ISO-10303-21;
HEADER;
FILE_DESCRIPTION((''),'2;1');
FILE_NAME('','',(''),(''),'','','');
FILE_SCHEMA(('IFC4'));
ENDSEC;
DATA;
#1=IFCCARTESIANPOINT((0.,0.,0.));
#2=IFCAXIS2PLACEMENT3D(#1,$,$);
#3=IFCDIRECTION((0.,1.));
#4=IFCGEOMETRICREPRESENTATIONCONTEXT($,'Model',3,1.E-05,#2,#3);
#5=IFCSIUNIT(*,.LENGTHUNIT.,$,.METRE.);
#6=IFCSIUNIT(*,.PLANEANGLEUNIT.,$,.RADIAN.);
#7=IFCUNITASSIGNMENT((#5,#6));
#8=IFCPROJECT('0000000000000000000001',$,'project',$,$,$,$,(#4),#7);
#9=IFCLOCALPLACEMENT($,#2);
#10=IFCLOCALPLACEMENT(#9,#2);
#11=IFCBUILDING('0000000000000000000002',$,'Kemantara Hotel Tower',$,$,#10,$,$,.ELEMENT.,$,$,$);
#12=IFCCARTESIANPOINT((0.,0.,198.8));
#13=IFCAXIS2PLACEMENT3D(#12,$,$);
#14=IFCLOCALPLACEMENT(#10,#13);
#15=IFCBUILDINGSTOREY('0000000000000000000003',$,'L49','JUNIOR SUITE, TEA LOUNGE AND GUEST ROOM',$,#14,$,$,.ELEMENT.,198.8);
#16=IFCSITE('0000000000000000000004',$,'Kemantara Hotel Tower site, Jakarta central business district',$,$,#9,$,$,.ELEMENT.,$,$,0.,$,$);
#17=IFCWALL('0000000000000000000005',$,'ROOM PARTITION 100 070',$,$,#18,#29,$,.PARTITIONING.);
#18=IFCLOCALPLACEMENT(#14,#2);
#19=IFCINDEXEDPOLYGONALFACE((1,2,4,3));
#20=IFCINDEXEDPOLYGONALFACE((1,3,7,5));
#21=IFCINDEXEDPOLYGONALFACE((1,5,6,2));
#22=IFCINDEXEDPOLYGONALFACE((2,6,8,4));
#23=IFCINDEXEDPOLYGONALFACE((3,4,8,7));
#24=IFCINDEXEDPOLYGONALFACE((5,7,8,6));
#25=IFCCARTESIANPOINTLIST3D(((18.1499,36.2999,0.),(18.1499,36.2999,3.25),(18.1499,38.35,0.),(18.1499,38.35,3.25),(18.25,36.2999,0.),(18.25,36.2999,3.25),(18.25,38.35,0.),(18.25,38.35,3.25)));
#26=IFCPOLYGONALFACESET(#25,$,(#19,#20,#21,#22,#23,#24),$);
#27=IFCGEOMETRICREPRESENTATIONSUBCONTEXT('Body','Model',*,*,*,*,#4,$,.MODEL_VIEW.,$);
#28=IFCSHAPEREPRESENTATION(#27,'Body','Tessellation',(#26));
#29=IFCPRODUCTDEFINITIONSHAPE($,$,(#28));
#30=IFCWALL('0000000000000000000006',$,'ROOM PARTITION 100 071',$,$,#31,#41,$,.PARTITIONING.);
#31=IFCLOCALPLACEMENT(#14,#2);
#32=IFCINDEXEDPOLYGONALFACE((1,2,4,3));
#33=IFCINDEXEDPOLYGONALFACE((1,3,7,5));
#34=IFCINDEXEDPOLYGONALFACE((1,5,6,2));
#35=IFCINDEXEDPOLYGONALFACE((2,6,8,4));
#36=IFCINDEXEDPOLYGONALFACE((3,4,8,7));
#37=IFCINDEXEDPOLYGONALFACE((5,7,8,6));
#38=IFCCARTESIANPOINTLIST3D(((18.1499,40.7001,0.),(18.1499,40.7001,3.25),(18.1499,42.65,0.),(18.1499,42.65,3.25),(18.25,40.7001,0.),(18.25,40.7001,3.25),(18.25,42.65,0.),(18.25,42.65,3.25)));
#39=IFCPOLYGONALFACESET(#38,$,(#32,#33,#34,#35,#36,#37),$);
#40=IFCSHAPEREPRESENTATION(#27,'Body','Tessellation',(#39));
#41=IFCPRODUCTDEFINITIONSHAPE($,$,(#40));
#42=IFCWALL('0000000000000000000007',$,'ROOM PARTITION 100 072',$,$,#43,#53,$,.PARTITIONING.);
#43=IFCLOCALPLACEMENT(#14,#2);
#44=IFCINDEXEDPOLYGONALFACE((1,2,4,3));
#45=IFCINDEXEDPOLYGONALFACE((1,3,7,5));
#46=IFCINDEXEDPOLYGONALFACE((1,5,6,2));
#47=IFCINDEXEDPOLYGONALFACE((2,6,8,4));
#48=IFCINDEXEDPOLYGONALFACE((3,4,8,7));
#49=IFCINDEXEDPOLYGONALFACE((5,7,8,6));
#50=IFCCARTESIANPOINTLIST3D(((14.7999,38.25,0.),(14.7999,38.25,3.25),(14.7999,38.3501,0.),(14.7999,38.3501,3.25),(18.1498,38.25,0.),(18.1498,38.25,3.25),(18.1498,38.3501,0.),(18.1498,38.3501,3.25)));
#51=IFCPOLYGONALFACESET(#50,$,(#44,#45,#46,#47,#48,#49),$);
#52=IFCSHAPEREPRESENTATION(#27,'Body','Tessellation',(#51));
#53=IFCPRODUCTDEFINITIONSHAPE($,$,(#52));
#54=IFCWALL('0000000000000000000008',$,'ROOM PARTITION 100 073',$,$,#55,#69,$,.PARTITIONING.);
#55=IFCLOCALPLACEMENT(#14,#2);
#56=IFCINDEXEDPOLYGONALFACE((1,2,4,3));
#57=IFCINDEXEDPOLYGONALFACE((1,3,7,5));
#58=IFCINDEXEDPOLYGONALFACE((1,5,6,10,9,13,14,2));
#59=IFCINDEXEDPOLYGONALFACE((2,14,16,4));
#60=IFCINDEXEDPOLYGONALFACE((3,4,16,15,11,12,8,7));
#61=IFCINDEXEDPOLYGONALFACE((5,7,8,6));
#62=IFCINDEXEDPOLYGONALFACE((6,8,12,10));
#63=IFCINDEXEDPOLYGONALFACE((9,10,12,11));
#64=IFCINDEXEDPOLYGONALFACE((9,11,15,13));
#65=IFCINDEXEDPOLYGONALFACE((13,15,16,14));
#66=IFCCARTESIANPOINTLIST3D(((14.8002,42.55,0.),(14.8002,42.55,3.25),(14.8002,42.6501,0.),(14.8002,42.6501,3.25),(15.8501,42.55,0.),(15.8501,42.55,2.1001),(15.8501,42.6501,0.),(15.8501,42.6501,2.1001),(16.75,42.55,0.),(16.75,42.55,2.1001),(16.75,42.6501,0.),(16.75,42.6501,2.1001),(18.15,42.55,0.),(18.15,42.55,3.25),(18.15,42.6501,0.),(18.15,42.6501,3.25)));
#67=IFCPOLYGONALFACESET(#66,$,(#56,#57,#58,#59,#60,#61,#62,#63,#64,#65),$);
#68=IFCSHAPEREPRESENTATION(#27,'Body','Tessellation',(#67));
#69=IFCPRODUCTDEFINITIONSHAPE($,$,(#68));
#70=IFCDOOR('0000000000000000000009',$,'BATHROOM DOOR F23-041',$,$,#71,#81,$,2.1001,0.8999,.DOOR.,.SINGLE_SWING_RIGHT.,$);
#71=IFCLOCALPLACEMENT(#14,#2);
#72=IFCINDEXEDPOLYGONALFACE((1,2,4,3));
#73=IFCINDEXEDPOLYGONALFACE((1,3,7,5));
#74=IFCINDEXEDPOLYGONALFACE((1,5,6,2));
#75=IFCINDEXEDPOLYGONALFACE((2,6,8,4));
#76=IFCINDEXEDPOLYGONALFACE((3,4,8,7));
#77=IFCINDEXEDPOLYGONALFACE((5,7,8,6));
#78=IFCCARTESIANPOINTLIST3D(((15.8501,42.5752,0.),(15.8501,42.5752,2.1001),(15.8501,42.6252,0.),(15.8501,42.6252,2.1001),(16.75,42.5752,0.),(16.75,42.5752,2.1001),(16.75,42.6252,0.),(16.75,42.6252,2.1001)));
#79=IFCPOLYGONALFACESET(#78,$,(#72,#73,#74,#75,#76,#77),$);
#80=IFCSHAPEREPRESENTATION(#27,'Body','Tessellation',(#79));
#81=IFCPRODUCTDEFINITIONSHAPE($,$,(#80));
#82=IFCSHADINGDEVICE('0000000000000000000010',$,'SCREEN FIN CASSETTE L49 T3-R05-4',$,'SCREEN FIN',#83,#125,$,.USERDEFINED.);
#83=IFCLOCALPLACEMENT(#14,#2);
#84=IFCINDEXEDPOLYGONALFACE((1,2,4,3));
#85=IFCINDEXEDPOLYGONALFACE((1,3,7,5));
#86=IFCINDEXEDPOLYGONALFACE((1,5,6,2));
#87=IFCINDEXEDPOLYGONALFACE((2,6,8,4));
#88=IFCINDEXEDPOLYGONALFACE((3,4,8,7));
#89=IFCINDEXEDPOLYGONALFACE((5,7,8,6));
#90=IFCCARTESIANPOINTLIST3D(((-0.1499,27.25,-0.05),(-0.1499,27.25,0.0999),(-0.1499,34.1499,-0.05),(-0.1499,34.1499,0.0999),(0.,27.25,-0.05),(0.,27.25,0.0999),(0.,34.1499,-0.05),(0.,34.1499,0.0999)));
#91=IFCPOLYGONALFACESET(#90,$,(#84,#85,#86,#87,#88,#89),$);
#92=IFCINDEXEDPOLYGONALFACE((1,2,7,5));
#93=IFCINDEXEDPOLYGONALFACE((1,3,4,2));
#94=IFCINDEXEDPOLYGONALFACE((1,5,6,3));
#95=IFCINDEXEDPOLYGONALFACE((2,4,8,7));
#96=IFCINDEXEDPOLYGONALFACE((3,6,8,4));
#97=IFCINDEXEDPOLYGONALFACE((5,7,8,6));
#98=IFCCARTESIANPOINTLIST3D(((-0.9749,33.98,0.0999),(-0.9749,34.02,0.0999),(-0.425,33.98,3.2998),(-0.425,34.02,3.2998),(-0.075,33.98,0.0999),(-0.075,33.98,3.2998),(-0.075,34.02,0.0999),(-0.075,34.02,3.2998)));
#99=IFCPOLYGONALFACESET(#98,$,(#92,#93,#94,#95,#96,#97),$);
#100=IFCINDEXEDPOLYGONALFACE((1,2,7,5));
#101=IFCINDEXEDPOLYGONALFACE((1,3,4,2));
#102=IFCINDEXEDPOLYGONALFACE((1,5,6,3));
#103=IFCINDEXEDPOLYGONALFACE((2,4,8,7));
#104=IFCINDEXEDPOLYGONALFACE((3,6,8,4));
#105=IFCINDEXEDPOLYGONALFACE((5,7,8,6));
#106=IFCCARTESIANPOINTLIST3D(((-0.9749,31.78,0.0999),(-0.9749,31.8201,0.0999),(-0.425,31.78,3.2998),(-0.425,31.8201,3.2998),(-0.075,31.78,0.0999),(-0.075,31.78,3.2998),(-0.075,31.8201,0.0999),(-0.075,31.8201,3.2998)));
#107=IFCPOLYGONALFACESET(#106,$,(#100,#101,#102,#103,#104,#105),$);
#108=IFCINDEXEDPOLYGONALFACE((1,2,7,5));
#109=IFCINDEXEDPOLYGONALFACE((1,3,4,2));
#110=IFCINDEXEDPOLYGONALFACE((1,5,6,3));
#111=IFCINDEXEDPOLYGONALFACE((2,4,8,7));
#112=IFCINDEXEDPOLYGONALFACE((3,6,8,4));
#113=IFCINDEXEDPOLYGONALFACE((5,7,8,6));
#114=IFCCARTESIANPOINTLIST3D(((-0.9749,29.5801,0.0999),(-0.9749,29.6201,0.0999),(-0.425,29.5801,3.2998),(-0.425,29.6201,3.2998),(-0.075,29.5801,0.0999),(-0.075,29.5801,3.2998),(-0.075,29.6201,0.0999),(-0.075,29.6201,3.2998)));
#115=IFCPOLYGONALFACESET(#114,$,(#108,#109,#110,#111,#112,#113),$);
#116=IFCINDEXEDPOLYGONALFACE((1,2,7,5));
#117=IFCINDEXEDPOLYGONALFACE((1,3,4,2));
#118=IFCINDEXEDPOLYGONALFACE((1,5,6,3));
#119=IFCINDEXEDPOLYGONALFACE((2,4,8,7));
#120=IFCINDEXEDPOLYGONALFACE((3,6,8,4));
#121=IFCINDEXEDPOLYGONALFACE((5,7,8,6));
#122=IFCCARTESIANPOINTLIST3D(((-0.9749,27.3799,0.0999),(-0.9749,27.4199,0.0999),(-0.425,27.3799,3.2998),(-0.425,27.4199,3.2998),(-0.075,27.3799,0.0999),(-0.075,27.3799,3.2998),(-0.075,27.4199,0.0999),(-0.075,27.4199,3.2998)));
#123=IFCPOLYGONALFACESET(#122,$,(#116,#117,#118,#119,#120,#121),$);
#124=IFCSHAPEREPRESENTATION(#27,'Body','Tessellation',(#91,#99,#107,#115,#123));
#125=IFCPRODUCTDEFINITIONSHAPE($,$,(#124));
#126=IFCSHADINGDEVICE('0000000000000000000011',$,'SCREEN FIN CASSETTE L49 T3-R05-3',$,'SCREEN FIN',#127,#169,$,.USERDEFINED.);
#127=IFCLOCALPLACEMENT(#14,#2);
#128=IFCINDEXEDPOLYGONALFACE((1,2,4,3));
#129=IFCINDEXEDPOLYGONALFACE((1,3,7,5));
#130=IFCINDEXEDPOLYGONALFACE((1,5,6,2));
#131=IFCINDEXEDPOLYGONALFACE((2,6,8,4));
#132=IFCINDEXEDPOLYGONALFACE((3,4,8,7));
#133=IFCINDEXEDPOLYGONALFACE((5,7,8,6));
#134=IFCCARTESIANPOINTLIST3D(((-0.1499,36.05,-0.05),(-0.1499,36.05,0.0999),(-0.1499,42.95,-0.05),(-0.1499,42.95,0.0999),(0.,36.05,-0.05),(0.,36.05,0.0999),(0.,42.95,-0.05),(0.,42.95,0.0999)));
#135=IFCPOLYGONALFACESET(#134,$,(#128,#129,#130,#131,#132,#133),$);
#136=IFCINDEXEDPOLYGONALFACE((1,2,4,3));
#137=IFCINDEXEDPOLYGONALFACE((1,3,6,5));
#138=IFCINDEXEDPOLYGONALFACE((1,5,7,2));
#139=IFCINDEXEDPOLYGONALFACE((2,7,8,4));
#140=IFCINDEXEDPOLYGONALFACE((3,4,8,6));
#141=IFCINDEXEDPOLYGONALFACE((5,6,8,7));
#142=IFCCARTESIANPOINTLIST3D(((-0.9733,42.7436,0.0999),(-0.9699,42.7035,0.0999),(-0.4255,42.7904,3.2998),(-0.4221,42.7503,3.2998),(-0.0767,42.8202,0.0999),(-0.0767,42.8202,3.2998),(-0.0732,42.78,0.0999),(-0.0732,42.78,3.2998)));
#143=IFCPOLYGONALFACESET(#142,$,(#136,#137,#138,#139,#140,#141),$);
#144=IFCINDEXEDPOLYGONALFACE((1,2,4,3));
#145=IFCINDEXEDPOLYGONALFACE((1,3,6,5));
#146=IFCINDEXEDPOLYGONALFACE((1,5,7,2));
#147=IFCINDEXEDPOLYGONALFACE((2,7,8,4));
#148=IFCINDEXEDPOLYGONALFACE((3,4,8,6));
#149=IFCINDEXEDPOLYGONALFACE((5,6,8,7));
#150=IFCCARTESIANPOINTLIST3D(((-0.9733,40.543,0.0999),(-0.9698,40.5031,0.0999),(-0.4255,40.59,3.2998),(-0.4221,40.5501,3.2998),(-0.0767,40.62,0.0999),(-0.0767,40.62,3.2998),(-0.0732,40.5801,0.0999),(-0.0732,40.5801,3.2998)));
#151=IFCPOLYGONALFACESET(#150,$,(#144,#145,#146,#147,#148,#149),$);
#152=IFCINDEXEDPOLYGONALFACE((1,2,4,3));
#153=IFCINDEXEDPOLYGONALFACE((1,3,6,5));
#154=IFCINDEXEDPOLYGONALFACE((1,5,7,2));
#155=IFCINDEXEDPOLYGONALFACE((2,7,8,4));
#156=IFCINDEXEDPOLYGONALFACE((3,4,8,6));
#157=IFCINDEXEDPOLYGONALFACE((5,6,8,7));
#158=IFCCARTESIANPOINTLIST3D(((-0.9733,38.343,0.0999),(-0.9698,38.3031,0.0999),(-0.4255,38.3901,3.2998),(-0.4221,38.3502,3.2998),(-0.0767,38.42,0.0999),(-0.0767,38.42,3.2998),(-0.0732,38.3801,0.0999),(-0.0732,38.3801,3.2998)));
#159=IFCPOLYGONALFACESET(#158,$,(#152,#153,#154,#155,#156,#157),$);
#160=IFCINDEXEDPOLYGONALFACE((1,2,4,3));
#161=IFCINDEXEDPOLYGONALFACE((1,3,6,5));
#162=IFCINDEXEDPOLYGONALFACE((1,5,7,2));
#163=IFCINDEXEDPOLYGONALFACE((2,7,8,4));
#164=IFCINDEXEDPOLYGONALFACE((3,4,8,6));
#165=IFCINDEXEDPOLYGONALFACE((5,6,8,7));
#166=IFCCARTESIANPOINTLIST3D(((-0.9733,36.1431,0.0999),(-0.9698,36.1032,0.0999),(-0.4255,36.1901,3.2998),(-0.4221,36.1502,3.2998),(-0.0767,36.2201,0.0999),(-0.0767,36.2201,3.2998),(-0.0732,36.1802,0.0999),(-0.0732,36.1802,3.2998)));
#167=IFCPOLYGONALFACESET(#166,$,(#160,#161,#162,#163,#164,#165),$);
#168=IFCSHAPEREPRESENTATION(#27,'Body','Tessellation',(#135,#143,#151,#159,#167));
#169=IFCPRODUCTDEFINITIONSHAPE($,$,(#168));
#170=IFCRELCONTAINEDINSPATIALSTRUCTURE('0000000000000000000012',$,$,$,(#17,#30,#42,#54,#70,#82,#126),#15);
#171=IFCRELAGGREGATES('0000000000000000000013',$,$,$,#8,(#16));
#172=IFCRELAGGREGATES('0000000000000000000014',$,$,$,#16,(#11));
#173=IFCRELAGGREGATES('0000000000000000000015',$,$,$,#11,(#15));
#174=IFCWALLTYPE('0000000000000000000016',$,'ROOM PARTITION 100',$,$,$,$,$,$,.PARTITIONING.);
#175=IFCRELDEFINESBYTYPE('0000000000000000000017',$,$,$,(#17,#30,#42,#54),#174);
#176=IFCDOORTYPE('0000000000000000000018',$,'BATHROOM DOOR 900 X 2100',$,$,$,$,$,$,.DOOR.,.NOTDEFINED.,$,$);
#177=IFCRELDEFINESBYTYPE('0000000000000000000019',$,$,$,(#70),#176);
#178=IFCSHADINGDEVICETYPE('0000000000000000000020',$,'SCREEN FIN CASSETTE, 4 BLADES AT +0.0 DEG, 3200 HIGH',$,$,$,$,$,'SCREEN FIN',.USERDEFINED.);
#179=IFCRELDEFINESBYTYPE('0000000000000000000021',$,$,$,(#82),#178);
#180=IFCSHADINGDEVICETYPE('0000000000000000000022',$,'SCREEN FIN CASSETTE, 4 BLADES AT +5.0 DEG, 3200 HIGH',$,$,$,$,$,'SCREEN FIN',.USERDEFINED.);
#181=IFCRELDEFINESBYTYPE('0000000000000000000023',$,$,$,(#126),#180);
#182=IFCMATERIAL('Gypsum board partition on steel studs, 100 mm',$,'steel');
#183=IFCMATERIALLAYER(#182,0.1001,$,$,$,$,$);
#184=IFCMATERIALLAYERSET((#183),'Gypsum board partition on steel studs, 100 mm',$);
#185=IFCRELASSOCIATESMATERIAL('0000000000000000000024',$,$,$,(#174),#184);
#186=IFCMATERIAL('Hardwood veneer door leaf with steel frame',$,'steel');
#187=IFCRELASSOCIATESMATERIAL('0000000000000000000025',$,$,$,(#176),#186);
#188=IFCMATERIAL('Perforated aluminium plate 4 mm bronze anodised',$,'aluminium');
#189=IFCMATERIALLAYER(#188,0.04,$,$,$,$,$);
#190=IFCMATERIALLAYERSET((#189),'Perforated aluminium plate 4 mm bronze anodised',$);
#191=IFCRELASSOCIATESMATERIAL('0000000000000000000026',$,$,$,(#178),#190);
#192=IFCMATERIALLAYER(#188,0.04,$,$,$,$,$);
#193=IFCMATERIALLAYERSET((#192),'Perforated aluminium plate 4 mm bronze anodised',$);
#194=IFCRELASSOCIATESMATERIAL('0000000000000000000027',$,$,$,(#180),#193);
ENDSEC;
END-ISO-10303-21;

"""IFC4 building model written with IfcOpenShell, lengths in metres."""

from ifc_helpers import new_model, si_unit, direction, frame, frame_2d, origin, origin_2d, place, context, subcontext, project, spatial, polyline, rectangle, outline, extrude, source, transform, mapped, material, layer, layer_set, type_object, element, fill, save


model = new_model("IFC4")

# Units and contexts
model_context = context("Model", 3, precision=1e-05, world=origin(), true_north=direction((0.0, 1.0)))
body_context = subcontext(model_context, "Body", "Model", "MODEL_VIEW")
ifc_project = project(units=[si_unit("LENGTHUNIT", "METRE"), si_unit("PLANEANGLEUNIT", "RADIAN")], contexts=[model_context])

# Site, building, storey
site_placement = place(None, origin())
site = spatial("IfcSite", under=ifc_project, at=site_placement, Name="Kemantara Hotel Tower site, Jakarta central business district", CompositionType="ELEMENT", RefElevation=0.0)
building_placement = place(site_placement, origin())
building = spatial("IfcBuilding", under=site, at=building_placement, Name="Kemantara Hotel Tower", CompositionType="ELEMENT")
storey_placement = place(building_placement, frame((0.0, 0.0, 198.8)))
storey = spatial("IfcBuildingStorey", under=building, at=storey_placement, Name="L49", Description="JUNIOR SUITE, TEA LOUNGE AND GUEST ROOM", CompositionType="ELEMENT", Elevation=198.8)

# Shared definitions
ifc_material_1 = material(Name="Gypsum board partition on steel studs, 100 mm", Category="steel")
ifc_layer_1 = layer(ifc_material_1, 0.1001)
ifc_layer_set_1 = layer_set([ifc_layer_1], Name="Gypsum board partition on steel studs, 100 mm")
wall_type_1 = type_object("IfcWallType", Name="ROOM PARTITION 100", PredefinedType="PARTITIONING", material=ifc_layer_set_1)

# Shared definitions
ifc_material_2 = material(Name="Hardwood veneer door leaf with steel frame", Category="steel")

# Walls
wall_1_placement = place(storey_placement, frame((18.2, 36.3, 0.0), z_axis=(0.0, 0.0, 1.0), x_axis=(0.0, 1.0, 0.0)))
element("IfcWall", 1, at=wall_1_placement, inside=storey, type_object=wall_type_1, Name="ROOM PARTITION 100 070", PredefinedType="PARTITIONING", context=body_context, shape_type="SweptSolid", body=[
    extrude(rectangle(XDim=2.05, YDim=0.1001, at=frame_2d((1.0249, 0.0))), origin(), (0.0, 0.0, 1.0), 3.25),
])
wall_2_placement = place(storey_placement, frame((18.2, 40.7, 0.0), z_axis=(0.0, 0.0, 1.0), x_axis=(0.0, 1.0, 0.0)))
element("IfcWall", 2, at=wall_2_placement, inside=storey, type_object=wall_type_1, Name="ROOM PARTITION 100 071", PredefinedType="PARTITIONING", context=body_context, shape_type="SweptSolid", body=[
    extrude(rectangle(XDim=1.95, YDim=0.1001, at=frame_2d((0.9751, 0.0))), origin(), (0.0, 0.0, 1.0), 3.25),
])
wall_3_placement = place(storey_placement, frame((14.8, 38.3, 0.0), z_axis=(0.0, 0.0, 1.0), x_axis=(1.0, 0.0, 0.0)))
element("IfcWall", 3, at=wall_3_placement, inside=storey, type_object=wall_type_1, Name="ROOM PARTITION 100 072", PredefinedType="PARTITIONING", context=body_context, shape_type="SweptSolid", body=[
    extrude(rectangle(XDim=3.3499, YDim=0.1001, at=frame_2d((1.6748, 0.0))), origin(), (0.0, 0.0, 1.0), 3.25),
])

# Wall, opening, door
wall_4_placement = place(storey_placement, frame((18.1499, 42.6001, 0.0), z_axis=(0.0, 0.0, 1.0), x_axis=(-1.0, 0.0, 0.0)))
wall_4 = element("IfcWall", 4, at=wall_4_placement, inside=storey, type_object=wall_type_1, Name="ROOM PARTITION 100 073", PredefinedType="PARTITIONING", context=body_context, shape_type="SweptSolid", body=[
    extrude(rectangle(XDim=3.3499, YDim=0.1001, at=frame_2d((1.6748, 0.0))), origin(), (0.0, 0.0, 1.0), 3.25),
])
opening_1_placement = place(wall_4_placement, frame((1.3999, 0.0, 0.0)))
opening_1 = element("IfcOpeningElement", 5, at=opening_1_placement, cuts=wall_4, PredefinedType="OPENING", context=body_context, shape_type="SweptSolid", body=[
    extrude(rectangle(XDim=0.8999, YDim=2.1001, at=frame_2d((0.45, 1.05))), frame((0.0, 0.0601, 0.0), z_axis=(0.0, -1.0, 0.0), x_axis=(1.0, 0.0, 0.0)), (0.0, 0.0, 1.0), 0.1201),
])
door_type_1 = type_object("IfcDoorType", Name="BATHROOM DOOR 900 X 2100", OperationType="NOTDEFINED", PredefinedType="DOOR", material=ifc_material_2)
door_1_placement = place(opening_1_placement, origin())
door_1 = element("IfcDoor", 6, at=door_1_placement, inside=storey, type_object=door_type_1, Name="BATHROOM DOOR F23-041", OperationType="SINGLE_SWING_RIGHT", OverallHeight=2.1001, OverallWidth=0.8999, PredefinedType="DOOR", context=body_context, shape_type="SweptSolid", body=[
    extrude(rectangle(XDim=0.8999, YDim=2.1001, at=frame_2d((0.45, 1.05))), frame((0.0, 0.0249, 0.0), z_axis=(0.0, -1.0, 0.0), x_axis=(1.0, 0.0, 0.0)), (0.0, 0.0, 1.0), 0.05),
])
fill(opening_1, door_1)

# Shading devices
ifc_material_3 = material(Name="Perforated aluminium plate 4 mm bronze anodised", Category="aluminium")
ifc_layer_2 = layer(ifc_material_3, 0.04)
ifc_layer_set_2 = layer_set([ifc_layer_2], Name="Perforated aluminium plate 4 mm bronze anodised")
shading_device_type_1 = type_object("IfcShadingDeviceType", Name="SCREEN FIN CASSETTE, 4 BLADES AT +0.0 DEG, 3200 HIGH", ElementType="SCREEN FIN", PredefinedType="USERDEFINED", material=ifc_layer_set_2)
shared_shape_1 = source(origin(), body_context, "Body", "SweptSolid", [
    extrude(rectangle(XDim=6.8999, YDim=0.1499, at=origin_2d()), frame((3.3, -0.075, -0.1499), z_axis=(0.0, 0.0, 1.0), x_axis=(1.0, 0.0, 0.0)), (0.0, 0.0, 1.0), 0.1499),
    extrude(outline(polyline([(0.0, 0.0), (0.8999, 0.0), (0.3501, 3.2), (0.0, 3.2), (0.0, 0.0)])), frame((0.02, -0.075, 0.0), z_axis=(-1.0, 0.0, 0.0), x_axis=(0.0, -1.0, 0.0)), (0.0, 0.0, 1.0), 0.04),
    extrude(outline(polyline([(0.0, 0.0), (0.8999, 0.0), (0.3501, 3.2), (0.0, 3.2), (0.0, 0.0)])), frame((2.22, -0.075, 0.0), z_axis=(-1.0, 0.0, 0.0), x_axis=(0.0, -1.0, 0.0)), (0.0, 0.0, 1.0), 0.04),
    extrude(outline(polyline([(0.0, 0.0), (0.8999, 0.0), (0.3501, 3.2), (0.0, 3.2), (0.0, 0.0)])), frame((4.4199, -0.075, 0.0), z_axis=(-1.0, 0.0, 0.0), x_axis=(0.0, -1.0, 0.0)), (0.0, 0.0, 1.0), 0.04),
    extrude(outline(polyline([(0.0, 0.0), (0.8999, 0.0), (0.3501, 3.2), (0.0, 3.2), (0.0, 0.0)])), frame((6.6201, -0.075, 0.0), z_axis=(-1.0, 0.0, 0.0), x_axis=(0.0, -1.0, 0.0)), (0.0, 0.0, 1.0), 0.04),
])
shading_device_1_placement = place(storey_placement, frame((0.0, 34.0, 0.0999), z_axis=(0.0, 0.0, 1.0), x_axis=(0.0, -1.0, 0.0)))
element("IfcShadingDevice", 7, at=shading_device_1_placement, inside=storey, type_object=shading_device_type_1, Name="SCREEN FIN CASSETTE L49 T3-R05-4", ObjectType="SCREEN FIN", PredefinedType="USERDEFINED", context=body_context, shape_type="MappedRepresentation", body=[
    mapped(shared_shape_1, transform((0.0, 0.0, 0.0))),
])
ifc_layer_3 = layer(ifc_material_3, 0.04)
ifc_layer_set_3 = layer_set([ifc_layer_3], Name="Perforated aluminium plate 4 mm bronze anodised")
shading_device_type_2 = type_object("IfcShadingDeviceType", Name="SCREEN FIN CASSETTE, 4 BLADES AT +5.0 DEG, 3200 HIGH", ElementType="SCREEN FIN", PredefinedType="USERDEFINED", material=ifc_layer_set_3)
shared_shape_2 = source(origin(), body_context, "Body", "SweptSolid", [
    extrude(rectangle(XDim=6.8999, YDim=0.1499, at=origin_2d()), frame((3.3, -0.075, -0.1499), z_axis=(0.0, 0.0, 1.0), x_axis=(1.0, 0.0, 0.0)), (0.0, 0.0, 1.0), 0.1499),
    extrude(outline(polyline([(0.0, 0.0), (0.8999, 0.0), (0.3501, 3.2), (0.0, 3.2), (0.0, 0.0)])), frame((0.02, -0.0732, 0.0), z_axis=(-0.996376, -0.085056, 0.0), x_axis=(0.085056, -0.996376, 0.0)), (0.0, 0.0, 1.0), 0.0403),
    extrude(outline(polyline([(0.0, 0.0), (0.8999, 0.0), (0.3501, 3.2), (0.0, 3.2), (0.0, 0.0)])), frame((2.22, -0.0732, 0.0), z_axis=(-0.996332, -0.085575, 0.0), x_axis=(0.085575, -0.996332, 0.0)), (0.0, 0.0, 1.0), 0.04),
    extrude(outline(polyline([(0.0, 0.0), (0.8999, 0.0), (0.3501, 3.2), (0.0, 3.2), (0.0, 0.0)])), frame((4.4199, -0.0732, 0.0), z_axis=(-0.996332, -0.085575, 0.0), x_axis=(0.085575, -0.996332, 0.0)), (0.0, 0.0, 1.0), 0.04),
    extrude(outline(polyline([(0.0, 0.0), (0.8999, 0.0), (0.3501, 3.2), (0.0, 3.2), (0.0, 0.0)])), frame((6.6199, -0.0732, 0.0), z_axis=(-0.996332, -0.085575, 0.0), x_axis=(0.085575, -0.996332, 0.0)), (0.0, 0.0, 1.0), 0.04),
])
shading_device_2_placement = place(storey_placement, frame((0.0, 42.8, 0.0999), z_axis=(0.0, 0.0, 1.0), x_axis=(0.0, -1.0, 0.0)))
element("IfcShadingDevice", 8, at=shading_device_2_placement, inside=storey, type_object=shading_device_type_2, Name="SCREEN FIN CASSETTE L49 T3-R05-3", ObjectType="SCREEN FIN", PredefinedType="USERDEFINED", context=body_context, shape_type="MappedRepresentation", body=[
    mapped(shared_shape_2, transform((0.0, 0.0, 0.0))),
])

save(model, "model.ifc")
